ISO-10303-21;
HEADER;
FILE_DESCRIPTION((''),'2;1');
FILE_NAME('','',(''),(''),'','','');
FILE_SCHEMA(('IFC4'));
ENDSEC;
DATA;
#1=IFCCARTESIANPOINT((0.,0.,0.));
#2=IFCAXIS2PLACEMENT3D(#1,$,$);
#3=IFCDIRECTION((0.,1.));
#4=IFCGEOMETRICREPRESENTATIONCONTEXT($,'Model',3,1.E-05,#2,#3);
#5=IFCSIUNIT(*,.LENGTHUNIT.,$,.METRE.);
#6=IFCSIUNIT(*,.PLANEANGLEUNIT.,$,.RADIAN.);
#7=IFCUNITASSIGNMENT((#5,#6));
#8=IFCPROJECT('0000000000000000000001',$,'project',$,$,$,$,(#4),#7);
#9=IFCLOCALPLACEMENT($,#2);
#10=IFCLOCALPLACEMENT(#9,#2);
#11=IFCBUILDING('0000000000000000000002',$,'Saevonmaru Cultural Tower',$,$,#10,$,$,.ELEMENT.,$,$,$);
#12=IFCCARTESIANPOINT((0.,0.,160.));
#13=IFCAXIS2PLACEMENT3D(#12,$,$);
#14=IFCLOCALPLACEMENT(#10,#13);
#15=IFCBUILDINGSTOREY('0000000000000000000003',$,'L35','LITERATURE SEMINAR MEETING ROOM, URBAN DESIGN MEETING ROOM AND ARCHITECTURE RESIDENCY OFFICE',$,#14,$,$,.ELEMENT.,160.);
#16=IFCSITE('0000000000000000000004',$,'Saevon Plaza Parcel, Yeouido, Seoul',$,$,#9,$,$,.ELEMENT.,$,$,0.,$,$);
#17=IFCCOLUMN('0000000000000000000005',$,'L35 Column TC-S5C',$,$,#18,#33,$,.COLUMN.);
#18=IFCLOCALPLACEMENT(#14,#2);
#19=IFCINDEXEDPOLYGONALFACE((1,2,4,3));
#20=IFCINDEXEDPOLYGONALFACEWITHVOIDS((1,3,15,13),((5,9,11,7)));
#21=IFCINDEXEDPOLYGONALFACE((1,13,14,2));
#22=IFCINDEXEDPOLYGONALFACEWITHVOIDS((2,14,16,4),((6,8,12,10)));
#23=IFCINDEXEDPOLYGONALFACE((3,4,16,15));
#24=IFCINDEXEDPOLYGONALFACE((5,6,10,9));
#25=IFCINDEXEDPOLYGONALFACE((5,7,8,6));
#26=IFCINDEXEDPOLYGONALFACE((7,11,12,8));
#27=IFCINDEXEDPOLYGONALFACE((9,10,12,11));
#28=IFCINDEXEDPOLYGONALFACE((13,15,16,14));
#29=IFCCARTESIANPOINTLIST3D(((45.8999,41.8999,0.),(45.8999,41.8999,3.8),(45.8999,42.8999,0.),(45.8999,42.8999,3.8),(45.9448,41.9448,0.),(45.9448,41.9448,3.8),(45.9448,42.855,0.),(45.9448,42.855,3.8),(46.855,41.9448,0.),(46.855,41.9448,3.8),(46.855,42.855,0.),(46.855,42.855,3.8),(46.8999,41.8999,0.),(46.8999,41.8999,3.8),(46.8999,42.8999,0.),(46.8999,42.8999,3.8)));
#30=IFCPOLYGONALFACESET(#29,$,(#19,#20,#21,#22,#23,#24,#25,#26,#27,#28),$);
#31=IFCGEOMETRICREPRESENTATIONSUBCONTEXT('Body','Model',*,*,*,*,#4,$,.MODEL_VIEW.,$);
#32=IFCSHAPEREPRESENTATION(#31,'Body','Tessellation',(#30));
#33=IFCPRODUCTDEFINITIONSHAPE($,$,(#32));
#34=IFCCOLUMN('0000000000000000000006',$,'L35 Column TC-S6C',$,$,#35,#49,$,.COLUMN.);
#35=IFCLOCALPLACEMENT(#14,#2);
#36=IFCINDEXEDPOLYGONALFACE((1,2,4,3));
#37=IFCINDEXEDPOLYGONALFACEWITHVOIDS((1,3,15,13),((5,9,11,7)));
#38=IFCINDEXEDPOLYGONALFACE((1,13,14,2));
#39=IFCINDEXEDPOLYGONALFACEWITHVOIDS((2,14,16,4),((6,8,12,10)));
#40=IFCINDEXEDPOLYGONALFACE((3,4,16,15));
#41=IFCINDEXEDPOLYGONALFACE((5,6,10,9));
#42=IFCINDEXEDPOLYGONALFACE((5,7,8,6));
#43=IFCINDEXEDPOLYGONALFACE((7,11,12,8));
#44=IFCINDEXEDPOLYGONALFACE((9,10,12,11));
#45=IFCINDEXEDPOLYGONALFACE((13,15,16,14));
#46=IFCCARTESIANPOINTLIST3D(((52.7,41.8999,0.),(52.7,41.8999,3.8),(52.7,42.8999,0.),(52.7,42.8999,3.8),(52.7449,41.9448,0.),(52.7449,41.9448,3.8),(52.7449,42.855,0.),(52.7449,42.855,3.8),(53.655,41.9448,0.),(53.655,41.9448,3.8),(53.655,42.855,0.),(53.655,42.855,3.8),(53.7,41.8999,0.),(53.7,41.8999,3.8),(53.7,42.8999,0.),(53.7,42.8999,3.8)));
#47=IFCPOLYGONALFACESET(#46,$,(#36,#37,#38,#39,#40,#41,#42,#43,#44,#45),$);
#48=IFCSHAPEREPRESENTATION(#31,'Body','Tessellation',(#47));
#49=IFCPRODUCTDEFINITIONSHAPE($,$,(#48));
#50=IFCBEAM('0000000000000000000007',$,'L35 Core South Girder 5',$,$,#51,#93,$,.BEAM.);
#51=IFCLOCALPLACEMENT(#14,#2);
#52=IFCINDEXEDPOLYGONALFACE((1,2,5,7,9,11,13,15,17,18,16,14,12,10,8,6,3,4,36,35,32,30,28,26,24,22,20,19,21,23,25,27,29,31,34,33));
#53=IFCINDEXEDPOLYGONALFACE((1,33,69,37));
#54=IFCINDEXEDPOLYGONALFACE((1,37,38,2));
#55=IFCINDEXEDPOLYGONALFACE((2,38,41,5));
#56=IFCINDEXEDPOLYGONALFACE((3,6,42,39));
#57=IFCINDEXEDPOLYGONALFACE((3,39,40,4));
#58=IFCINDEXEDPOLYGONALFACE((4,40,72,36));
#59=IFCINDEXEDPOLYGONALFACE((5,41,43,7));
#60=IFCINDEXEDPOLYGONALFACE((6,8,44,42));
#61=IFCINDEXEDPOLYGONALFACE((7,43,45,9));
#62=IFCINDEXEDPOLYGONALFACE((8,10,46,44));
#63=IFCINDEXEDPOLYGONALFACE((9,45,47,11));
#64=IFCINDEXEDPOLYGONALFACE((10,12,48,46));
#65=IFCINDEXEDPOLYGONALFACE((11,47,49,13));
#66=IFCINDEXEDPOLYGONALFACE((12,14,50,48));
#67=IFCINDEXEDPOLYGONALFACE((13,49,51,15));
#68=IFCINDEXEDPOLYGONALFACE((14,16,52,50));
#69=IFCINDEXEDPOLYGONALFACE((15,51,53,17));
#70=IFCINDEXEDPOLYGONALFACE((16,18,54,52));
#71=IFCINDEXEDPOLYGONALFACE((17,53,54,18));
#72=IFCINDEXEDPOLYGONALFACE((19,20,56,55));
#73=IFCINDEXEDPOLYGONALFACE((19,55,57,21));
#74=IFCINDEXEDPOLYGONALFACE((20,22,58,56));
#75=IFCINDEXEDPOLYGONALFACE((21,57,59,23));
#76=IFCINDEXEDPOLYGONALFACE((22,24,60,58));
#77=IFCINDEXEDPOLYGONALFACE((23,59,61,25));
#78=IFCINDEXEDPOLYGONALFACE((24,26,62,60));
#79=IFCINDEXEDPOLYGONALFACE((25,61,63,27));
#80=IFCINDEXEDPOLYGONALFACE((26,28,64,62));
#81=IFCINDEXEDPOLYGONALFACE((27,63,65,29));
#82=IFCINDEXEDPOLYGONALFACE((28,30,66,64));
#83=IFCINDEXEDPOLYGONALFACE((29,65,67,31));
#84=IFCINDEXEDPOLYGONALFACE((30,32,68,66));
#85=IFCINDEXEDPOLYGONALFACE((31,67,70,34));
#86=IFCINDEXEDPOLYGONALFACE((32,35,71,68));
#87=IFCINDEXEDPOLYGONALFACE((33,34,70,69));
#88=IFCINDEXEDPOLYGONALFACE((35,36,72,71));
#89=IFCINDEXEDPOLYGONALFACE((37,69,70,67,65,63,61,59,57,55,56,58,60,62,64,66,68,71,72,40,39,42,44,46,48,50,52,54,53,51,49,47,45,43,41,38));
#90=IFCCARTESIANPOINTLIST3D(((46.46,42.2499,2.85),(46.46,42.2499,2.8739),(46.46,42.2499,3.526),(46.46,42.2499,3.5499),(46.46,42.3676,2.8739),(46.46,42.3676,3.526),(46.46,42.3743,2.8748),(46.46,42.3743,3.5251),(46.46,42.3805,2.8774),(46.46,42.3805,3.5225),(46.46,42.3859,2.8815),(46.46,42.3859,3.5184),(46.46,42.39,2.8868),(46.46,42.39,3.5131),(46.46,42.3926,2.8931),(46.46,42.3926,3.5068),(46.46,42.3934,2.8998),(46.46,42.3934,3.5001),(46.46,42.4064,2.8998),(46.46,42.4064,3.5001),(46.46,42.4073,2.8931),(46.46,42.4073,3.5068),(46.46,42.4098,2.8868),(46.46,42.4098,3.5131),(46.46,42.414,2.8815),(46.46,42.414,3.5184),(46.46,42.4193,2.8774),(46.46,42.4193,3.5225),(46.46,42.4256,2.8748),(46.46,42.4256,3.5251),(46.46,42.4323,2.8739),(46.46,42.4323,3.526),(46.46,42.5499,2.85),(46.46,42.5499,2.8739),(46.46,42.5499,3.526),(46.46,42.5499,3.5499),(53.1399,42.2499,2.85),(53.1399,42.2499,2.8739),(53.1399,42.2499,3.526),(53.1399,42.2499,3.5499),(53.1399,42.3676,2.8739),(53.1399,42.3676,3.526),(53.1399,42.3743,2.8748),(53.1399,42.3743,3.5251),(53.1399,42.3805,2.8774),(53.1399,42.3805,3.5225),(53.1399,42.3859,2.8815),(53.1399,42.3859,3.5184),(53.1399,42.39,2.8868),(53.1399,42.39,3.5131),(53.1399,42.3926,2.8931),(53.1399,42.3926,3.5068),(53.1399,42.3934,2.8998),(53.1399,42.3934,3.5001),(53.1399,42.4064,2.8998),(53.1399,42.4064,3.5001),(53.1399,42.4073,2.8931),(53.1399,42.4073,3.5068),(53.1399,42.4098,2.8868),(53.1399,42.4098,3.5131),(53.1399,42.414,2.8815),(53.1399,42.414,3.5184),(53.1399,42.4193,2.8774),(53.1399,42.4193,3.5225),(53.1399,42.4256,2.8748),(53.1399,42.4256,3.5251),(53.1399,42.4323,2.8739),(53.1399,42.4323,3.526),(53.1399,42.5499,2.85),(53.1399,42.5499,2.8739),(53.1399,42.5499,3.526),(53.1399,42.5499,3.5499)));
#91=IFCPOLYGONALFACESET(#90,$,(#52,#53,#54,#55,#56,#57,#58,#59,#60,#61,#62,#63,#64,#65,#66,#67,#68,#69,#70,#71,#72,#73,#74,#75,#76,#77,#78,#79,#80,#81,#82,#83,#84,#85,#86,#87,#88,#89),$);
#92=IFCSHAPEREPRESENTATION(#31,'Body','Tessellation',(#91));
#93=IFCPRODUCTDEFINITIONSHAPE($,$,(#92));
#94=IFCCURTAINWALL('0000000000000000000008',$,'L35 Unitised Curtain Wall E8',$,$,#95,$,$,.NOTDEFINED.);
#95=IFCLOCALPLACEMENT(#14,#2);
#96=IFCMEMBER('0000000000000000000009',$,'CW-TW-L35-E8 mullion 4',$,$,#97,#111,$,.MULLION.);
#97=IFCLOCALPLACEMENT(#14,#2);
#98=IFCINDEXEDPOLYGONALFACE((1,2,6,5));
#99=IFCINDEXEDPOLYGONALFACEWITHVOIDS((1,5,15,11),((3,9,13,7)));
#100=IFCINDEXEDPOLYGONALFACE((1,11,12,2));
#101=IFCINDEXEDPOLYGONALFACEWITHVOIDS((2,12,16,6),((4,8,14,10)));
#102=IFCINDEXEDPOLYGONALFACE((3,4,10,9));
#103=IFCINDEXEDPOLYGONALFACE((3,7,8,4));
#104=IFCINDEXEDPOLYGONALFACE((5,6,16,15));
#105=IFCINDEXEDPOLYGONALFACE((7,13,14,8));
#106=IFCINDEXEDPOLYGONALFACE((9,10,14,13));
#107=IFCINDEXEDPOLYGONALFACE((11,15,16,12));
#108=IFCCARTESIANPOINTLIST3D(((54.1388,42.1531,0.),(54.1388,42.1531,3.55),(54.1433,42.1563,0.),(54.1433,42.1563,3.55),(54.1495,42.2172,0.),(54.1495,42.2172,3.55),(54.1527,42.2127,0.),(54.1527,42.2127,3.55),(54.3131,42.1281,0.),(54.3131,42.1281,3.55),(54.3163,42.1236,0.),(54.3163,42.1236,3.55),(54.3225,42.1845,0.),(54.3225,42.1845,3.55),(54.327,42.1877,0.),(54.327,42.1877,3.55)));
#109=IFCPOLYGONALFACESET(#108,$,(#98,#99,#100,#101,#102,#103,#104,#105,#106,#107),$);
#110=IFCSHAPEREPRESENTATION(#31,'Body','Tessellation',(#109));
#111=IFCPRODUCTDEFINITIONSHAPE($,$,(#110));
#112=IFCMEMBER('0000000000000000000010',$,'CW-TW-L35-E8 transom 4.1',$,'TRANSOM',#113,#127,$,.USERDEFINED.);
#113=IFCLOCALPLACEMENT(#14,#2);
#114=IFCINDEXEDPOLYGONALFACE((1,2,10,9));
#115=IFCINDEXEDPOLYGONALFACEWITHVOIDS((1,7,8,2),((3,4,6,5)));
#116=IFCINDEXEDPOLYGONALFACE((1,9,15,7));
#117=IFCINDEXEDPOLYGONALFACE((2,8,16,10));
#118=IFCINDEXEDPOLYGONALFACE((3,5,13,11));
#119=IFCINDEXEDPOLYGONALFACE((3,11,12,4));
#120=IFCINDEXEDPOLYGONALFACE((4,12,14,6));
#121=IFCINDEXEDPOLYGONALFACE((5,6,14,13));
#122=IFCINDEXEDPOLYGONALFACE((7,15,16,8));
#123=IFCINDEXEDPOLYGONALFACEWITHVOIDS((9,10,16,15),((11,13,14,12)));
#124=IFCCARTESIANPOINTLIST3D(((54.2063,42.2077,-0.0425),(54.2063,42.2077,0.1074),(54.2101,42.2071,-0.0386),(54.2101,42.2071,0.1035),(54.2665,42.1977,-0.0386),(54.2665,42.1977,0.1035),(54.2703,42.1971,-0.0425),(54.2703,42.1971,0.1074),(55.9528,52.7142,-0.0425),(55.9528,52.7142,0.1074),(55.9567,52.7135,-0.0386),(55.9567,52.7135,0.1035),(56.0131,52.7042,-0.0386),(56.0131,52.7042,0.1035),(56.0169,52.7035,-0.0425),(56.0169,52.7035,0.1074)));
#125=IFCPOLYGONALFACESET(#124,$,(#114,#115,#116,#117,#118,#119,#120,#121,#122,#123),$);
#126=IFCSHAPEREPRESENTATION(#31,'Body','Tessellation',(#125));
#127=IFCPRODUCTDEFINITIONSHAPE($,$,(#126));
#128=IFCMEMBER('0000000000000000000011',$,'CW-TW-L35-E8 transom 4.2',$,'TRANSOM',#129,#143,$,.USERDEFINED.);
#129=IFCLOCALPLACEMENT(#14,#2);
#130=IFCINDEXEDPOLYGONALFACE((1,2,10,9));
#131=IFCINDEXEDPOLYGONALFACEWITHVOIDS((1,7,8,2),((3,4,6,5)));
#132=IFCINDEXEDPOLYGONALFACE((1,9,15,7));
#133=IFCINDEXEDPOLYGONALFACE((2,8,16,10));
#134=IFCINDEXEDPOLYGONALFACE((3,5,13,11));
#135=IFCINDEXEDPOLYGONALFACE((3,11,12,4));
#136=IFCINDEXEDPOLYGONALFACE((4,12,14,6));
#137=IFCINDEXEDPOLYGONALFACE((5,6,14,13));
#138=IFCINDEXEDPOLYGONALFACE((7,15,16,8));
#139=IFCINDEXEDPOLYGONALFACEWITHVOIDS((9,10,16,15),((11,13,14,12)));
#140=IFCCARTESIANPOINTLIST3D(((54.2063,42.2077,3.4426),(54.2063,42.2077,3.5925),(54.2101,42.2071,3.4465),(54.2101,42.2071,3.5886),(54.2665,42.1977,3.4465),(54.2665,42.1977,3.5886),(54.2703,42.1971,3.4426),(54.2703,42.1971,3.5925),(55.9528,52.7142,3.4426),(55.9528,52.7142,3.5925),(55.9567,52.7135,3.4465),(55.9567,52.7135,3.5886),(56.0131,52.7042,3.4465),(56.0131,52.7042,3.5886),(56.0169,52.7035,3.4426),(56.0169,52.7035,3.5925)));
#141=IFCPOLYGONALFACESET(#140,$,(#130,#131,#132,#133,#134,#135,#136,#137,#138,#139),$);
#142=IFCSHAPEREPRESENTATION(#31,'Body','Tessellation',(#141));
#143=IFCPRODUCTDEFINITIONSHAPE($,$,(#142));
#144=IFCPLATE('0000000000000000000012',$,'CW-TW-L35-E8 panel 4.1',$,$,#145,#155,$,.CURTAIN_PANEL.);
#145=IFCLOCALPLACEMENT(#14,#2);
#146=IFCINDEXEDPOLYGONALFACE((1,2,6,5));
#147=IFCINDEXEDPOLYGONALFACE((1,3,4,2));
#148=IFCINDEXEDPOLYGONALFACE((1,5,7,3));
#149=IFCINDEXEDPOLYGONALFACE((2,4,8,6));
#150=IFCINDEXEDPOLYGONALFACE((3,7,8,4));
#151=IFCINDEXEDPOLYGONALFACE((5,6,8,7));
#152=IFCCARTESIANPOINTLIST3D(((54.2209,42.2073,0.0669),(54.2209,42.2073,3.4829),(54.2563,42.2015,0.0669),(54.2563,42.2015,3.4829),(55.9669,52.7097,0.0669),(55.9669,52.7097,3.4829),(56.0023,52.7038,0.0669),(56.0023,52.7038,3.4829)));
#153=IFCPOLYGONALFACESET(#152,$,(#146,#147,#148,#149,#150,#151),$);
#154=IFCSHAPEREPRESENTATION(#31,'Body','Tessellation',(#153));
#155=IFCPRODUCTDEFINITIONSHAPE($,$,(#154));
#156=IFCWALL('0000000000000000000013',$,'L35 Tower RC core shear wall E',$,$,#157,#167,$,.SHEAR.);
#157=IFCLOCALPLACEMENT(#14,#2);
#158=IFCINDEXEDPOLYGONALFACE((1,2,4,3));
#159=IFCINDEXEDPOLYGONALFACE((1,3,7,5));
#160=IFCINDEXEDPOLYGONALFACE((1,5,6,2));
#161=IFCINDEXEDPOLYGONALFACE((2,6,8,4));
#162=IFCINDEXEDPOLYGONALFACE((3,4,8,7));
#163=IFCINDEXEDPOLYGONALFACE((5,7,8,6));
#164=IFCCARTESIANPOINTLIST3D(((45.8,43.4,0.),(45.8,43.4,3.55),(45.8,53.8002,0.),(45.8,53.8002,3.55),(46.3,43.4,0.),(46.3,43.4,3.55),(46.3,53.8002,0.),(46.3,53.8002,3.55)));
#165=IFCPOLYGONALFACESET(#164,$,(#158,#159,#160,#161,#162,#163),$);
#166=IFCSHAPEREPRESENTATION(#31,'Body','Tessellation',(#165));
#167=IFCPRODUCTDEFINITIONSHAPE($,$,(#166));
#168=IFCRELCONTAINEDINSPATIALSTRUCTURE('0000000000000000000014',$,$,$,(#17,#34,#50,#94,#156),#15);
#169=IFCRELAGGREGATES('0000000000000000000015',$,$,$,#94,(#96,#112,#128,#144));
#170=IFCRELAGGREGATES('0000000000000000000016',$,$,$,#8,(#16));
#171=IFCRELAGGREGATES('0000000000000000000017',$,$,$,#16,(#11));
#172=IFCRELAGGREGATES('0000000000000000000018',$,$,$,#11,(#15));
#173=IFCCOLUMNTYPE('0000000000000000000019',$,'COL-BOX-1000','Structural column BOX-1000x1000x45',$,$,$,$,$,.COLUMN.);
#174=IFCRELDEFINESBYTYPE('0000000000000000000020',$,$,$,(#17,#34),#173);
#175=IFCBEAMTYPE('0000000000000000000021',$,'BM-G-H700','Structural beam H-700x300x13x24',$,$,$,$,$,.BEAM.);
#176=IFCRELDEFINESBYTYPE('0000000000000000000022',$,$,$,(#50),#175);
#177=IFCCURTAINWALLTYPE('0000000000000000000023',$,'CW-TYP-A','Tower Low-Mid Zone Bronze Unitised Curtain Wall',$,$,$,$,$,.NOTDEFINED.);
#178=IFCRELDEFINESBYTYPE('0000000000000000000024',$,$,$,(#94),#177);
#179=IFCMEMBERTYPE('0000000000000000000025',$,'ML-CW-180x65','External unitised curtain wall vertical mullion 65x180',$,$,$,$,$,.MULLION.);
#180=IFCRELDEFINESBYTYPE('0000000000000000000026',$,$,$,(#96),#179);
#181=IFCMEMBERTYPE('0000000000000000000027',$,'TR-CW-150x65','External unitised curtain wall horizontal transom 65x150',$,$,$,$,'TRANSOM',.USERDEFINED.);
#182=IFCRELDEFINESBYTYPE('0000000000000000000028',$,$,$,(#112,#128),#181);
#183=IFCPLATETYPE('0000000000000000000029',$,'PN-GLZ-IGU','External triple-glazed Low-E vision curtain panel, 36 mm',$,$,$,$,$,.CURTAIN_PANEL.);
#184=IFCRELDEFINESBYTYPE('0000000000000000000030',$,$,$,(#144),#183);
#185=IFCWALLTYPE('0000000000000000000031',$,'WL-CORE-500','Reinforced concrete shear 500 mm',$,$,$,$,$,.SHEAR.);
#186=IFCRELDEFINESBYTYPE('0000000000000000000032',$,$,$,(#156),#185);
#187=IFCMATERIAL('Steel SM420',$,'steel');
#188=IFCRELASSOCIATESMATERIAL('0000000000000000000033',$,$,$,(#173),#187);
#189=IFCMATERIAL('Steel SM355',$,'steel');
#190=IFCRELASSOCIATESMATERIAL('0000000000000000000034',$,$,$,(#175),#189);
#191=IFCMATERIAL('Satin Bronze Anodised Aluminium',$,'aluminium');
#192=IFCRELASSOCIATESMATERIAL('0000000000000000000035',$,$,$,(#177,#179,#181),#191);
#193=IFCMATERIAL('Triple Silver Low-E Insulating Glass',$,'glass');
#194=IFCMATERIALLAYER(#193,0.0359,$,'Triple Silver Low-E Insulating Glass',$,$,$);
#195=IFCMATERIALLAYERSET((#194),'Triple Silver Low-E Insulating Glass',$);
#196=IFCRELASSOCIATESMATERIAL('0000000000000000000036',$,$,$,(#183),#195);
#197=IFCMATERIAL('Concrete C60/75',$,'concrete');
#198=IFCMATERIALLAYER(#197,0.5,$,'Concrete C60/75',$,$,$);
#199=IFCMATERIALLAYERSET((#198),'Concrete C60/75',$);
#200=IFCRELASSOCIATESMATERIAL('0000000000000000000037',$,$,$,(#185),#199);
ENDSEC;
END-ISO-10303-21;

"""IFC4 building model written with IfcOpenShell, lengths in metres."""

from ifc_helpers import new_model, si_unit, direction, frame, frame_2d, origin, origin_2d, place, context, subcontext, project, spatial, rectangle, hollow_rectangle, i_section, extrude, material, layer, layer_set, material_profile, profile_set, type_object, element, aggregate, save


model = new_model("IFC4")

# Units and contexts
model_context = context("Model", 3, precision=1e-05, world=origin(), true_north=direction((0.0, 1.0)))
body_context = subcontext(model_context, "Body", "Model", "MODEL_VIEW")
ifc_project = project(units=[si_unit("LENGTHUNIT", "METRE"), si_unit("PLANEANGLEUNIT", "RADIAN")], contexts=[model_context])

# Site, building, storey
site_placement = place(None, origin())
site = spatial("IfcSite", under=ifc_project, at=site_placement, Name="Saevon Plaza Parcel, Yeouido, Seoul", CompositionType="ELEMENT", RefElevation=0.0)
building_placement = place(site_placement, origin())
building = spatial("IfcBuilding", under=site, at=building_placement, Name="Saevonmaru Cultural Tower", CompositionType="ELEMENT")
storey_placement = place(building_placement, frame((0.0, 0.0, 160.0)))
storey = spatial("IfcBuildingStorey", under=building, at=storey_placement, Name="L35", Description="LITERATURE SEMINAR MEETING ROOM, URBAN DESIGN MEETING ROOM AND ARCHITECTURE RESIDENCY OFFICE", CompositionType="ELEMENT", Elevation=160.0)

# Columns
ifc_material_1 = material(Name="Steel SM420", Category="steel")
ifc_material_profile_1 = material_profile(ifc_material_1, hollow_rectangle(XDim=1.0, YDim=1.0, WallThickness=0.0449, at=origin_2d()), Name="BOX-1000x1000x45")
ifc_profile_set_1 = profile_set([ifc_material_profile_1], Name="Steel SM420")
column_type = type_object("IfcColumnType", Name="COL-BOX-1000", Description="Structural column BOX-1000x1000x45", PredefinedType="COLUMN", material=ifc_profile_set_1)
for number, where, z_axis, x_axis, name in (
    (1, (46.3999, 42.3999, 0.0), (0.0, 0.0, 1.0), (1.0, 0.0, 0.0), "L35 Column TC-S5C"),
    (2, (53.2, 42.3999, 0.0), (0.0, 0.0, 1.0), (1.0, 0.0, 0.0), "L35 Column TC-S6C"),
):
    element("IfcColumn", number, at=place(storey_placement, frame(where, z_axis=z_axis, x_axis=x_axis)), inside=storey, type_object=column_type, Name=name, PredefinedType="COLUMN", context=body_context, shape_type="SweptSolid", body=[
        extrude(hollow_rectangle(XDim=1.0, YDim=1.0, WallThickness=0.0449, at=origin_2d()), origin(), (0.0, 0.0, 1.0), 3.8),
    ])

# Beam
ifc_material_2 = material(Name="Steel SM355", Category="steel")
ifc_material_profile_2 = material_profile(ifc_material_2, i_section(OverallWidth=0.3, OverallDepth=0.7, WebThickness=0.0129, FlangeThickness=0.0239, FilletRadius=0.0259, at=origin_2d()), Name="H-700x300x13x24")
ifc_profile_set_2 = profile_set([ifc_material_profile_2], Name="Steel SM355")
beam_type = type_object("IfcBeamType", Name="BM-G-H700", Description="Structural beam H-700x300x13x24", PredefinedType="BEAM", material=ifc_profile_set_2)
beam_placement = place(storey_placement, frame((46.46, 42.3999, 3.2), z_axis=(1.0, 0.0, 0.0), x_axis=(0.0, 1.0, 0.0)))
element("IfcBeam", 3, at=beam_placement, inside=storey, type_object=beam_type, Name="L35 Core South Girder 5", PredefinedType="BEAM", context=body_context, shape_type="SweptSolid", body=[
    extrude(i_section(OverallWidth=0.3, OverallDepth=0.7, WebThickness=0.0129, FlangeThickness=0.0239, FilletRadius=0.0259, at=origin_2d()), origin(), (0.0, 0.0, 1.0), 6.6799),
])

# Curtain wall, members, plate
ifc_material_3 = material(Name="Satin Bronze Anodised Aluminium", Category="aluminium")
curtain_wall_type = type_object("IfcCurtainWallType", Name="CW-TYP-A", Description="Tower Low-Mid Zone Bronze Unitised Curtain Wall", PredefinedType="NOTDEFINED", material=ifc_material_3)
curtain_wall_placement = place(storey_placement, origin())
curtain_wall = element("IfcCurtainWall", 4, at=curtain_wall_placement, inside=storey, type_object=curtain_wall_type, Name="L35 Unitised Curtain Wall E8", PredefinedType="NOTDEFINED")
ifc_material_profile_3 = material_profile(ifc_material_3, hollow_rectangle(XDim=0.0649, YDim=0.1799, WallThickness=0.0039, at=origin_2d()), Name="ALU-MULL-180x65x4")
ifc_profile_set_3 = profile_set([ifc_material_profile_3], Name="Satin Bronze Anodised Aluminium")
member_type_1 = type_object("IfcMemberType", Name="ML-CW-180x65", Description="External unitised curtain wall vertical mullion 65x180", PredefinedType="MULLION", material=ifc_profile_set_3)
member_1_placement = place(storey_placement, frame((54.2329, 42.1704, 0.0), z_axis=(0.0, 0.0, 1.0), x_axis=(0.163999, 0.986461, 0.0)))
member_1 = element("IfcMember", 5, at=member_1_placement, type_object=member_type_1, Name="CW-TW-L35-E8 mullion 4", PredefinedType="MULLION", context=body_context, shape_type="SweptSolid", body=[
    extrude(hollow_rectangle(XDim=0.0649, YDim=0.1799, WallThickness=0.0039, at=origin_2d()), origin(), (0.0, 0.0, 1.0), 3.55),
])
ifc_material_profile_4 = material_profile(ifc_material_3, hollow_rectangle(XDim=0.0649, YDim=0.1499, WallThickness=0.0039, at=origin_2d()), Name="ALU-TRAN-150x65x4")
ifc_profile_set_4 = profile_set([ifc_material_profile_4], Name="Satin Bronze Anodised Aluminium")
member_type_2 = type_object("IfcMemberType", Name="TR-CW-150x65", Description="External unitised curtain wall horizontal transom 65x150", ElementType="TRANSOM", PredefinedType="USERDEFINED", material=ifc_profile_set_4)
member_2_placement = place(storey_placement, frame((54.2383, 42.2024, 0.0325), z_axis=(0.16399, 0.986462, 0.0), x_axis=(-0.986462, 0.16399, 0.0)))
member_2 = element("IfcMember", 6, at=member_2_placement, type_object=member_type_2, Name="CW-TW-L35-E8 transom 4.1", ObjectType="TRANSOM", PredefinedType="USERDEFINED", context=body_context, shape_type="SweptSolid", body=[
    extrude(hollow_rectangle(XDim=0.0649, YDim=0.1499, WallThickness=0.0039, at=origin_2d()), origin(), (0.0, 0.0, 1.0), 10.6506),
])
member_3_placement = place(storey_placement, frame((54.2383, 42.2024, 3.5176), z_axis=(0.16399, 0.986462, 0.0), x_axis=(-0.986462, 0.16399, 0.0)))
member_3 = element("IfcMember", 7, at=member_3_placement, type_object=member_type_2, Name="CW-TW-L35-E8 transom 4.2", ObjectType="TRANSOM", PredefinedType="USERDEFINED", context=body_context, shape_type="SweptSolid", body=[
    extrude(hollow_rectangle(XDim=0.0649, YDim=0.1499, WallThickness=0.0039, at=origin_2d()), origin(), (0.0, 0.0, 1.0), 10.6506),
])
ifc_material_4 = material(Name="Triple Silver Low-E Insulating Glass", Category="glass")
ifc_layer_1 = layer(ifc_material_4, 0.0359, Name="Triple Silver Low-E Insulating Glass")
ifc_layer_set_1 = layer_set([ifc_layer_1], Name="Triple Silver Low-E Insulating Glass")
plate_type = type_object("IfcPlateType", Name="PN-GLZ-IGU", Description="External triple-glazed Low-E vision curtain panel, 36 mm", PredefinedType="CURTAIN_PANEL", material=ifc_layer_set_1)
plate_placement = place(storey_placement, frame((55.1116, 47.4556, 0.0669), z_axis=(0.0, 0.0, 1.0), x_axis=(0.163999, 0.986461, 0.0)))
plate = element("IfcPlate", 8, at=plate_placement, type_object=plate_type, Name="CW-TW-L35-E8 panel 4.1", PredefinedType="CURTAIN_PANEL", context=body_context, shape_type="SweptSolid", body=[
    extrude(rectangle(XDim=10.6465, YDim=0.0359, at=origin_2d()), origin(), (0.0, 0.0, 1.0), 3.416),
])
aggregate(curtain_wall, [member_1, member_2, member_3, plate])

# Wall
ifc_material_5 = material(Name="Concrete C60/75", Category="concrete")
ifc_layer_2 = layer(ifc_material_5, 0.5, Name="Concrete C60/75")
ifc_layer_set_2 = layer_set([ifc_layer_2], Name="Concrete C60/75")
wall_type_1 = type_object("IfcWallType", Name="WL-CORE-500", Description="Reinforced concrete shear 500 mm", PredefinedType="SHEAR", material=ifc_layer_set_2)
wall_1_placement = place(storey_placement, frame((46.05, 43.3999, 0.0), z_axis=(0.0, 0.0, 1.0), x_axis=(0.0, 1.0, 0.0)))
element("IfcWall", 9, at=wall_1_placement, inside=storey, type_object=wall_type_1, Name="L35 Tower RC core shear wall E", PredefinedType="SHEAR", context=body_context, shape_type="SweptSolid", body=[
    extrude(rectangle(XDim=10.4001, YDim=0.5, at=frame_2d((5.2002, 0.0))), origin(), (0.0, 0.0, 1.0), 3.55),
])

save(model, "model.ifc")
